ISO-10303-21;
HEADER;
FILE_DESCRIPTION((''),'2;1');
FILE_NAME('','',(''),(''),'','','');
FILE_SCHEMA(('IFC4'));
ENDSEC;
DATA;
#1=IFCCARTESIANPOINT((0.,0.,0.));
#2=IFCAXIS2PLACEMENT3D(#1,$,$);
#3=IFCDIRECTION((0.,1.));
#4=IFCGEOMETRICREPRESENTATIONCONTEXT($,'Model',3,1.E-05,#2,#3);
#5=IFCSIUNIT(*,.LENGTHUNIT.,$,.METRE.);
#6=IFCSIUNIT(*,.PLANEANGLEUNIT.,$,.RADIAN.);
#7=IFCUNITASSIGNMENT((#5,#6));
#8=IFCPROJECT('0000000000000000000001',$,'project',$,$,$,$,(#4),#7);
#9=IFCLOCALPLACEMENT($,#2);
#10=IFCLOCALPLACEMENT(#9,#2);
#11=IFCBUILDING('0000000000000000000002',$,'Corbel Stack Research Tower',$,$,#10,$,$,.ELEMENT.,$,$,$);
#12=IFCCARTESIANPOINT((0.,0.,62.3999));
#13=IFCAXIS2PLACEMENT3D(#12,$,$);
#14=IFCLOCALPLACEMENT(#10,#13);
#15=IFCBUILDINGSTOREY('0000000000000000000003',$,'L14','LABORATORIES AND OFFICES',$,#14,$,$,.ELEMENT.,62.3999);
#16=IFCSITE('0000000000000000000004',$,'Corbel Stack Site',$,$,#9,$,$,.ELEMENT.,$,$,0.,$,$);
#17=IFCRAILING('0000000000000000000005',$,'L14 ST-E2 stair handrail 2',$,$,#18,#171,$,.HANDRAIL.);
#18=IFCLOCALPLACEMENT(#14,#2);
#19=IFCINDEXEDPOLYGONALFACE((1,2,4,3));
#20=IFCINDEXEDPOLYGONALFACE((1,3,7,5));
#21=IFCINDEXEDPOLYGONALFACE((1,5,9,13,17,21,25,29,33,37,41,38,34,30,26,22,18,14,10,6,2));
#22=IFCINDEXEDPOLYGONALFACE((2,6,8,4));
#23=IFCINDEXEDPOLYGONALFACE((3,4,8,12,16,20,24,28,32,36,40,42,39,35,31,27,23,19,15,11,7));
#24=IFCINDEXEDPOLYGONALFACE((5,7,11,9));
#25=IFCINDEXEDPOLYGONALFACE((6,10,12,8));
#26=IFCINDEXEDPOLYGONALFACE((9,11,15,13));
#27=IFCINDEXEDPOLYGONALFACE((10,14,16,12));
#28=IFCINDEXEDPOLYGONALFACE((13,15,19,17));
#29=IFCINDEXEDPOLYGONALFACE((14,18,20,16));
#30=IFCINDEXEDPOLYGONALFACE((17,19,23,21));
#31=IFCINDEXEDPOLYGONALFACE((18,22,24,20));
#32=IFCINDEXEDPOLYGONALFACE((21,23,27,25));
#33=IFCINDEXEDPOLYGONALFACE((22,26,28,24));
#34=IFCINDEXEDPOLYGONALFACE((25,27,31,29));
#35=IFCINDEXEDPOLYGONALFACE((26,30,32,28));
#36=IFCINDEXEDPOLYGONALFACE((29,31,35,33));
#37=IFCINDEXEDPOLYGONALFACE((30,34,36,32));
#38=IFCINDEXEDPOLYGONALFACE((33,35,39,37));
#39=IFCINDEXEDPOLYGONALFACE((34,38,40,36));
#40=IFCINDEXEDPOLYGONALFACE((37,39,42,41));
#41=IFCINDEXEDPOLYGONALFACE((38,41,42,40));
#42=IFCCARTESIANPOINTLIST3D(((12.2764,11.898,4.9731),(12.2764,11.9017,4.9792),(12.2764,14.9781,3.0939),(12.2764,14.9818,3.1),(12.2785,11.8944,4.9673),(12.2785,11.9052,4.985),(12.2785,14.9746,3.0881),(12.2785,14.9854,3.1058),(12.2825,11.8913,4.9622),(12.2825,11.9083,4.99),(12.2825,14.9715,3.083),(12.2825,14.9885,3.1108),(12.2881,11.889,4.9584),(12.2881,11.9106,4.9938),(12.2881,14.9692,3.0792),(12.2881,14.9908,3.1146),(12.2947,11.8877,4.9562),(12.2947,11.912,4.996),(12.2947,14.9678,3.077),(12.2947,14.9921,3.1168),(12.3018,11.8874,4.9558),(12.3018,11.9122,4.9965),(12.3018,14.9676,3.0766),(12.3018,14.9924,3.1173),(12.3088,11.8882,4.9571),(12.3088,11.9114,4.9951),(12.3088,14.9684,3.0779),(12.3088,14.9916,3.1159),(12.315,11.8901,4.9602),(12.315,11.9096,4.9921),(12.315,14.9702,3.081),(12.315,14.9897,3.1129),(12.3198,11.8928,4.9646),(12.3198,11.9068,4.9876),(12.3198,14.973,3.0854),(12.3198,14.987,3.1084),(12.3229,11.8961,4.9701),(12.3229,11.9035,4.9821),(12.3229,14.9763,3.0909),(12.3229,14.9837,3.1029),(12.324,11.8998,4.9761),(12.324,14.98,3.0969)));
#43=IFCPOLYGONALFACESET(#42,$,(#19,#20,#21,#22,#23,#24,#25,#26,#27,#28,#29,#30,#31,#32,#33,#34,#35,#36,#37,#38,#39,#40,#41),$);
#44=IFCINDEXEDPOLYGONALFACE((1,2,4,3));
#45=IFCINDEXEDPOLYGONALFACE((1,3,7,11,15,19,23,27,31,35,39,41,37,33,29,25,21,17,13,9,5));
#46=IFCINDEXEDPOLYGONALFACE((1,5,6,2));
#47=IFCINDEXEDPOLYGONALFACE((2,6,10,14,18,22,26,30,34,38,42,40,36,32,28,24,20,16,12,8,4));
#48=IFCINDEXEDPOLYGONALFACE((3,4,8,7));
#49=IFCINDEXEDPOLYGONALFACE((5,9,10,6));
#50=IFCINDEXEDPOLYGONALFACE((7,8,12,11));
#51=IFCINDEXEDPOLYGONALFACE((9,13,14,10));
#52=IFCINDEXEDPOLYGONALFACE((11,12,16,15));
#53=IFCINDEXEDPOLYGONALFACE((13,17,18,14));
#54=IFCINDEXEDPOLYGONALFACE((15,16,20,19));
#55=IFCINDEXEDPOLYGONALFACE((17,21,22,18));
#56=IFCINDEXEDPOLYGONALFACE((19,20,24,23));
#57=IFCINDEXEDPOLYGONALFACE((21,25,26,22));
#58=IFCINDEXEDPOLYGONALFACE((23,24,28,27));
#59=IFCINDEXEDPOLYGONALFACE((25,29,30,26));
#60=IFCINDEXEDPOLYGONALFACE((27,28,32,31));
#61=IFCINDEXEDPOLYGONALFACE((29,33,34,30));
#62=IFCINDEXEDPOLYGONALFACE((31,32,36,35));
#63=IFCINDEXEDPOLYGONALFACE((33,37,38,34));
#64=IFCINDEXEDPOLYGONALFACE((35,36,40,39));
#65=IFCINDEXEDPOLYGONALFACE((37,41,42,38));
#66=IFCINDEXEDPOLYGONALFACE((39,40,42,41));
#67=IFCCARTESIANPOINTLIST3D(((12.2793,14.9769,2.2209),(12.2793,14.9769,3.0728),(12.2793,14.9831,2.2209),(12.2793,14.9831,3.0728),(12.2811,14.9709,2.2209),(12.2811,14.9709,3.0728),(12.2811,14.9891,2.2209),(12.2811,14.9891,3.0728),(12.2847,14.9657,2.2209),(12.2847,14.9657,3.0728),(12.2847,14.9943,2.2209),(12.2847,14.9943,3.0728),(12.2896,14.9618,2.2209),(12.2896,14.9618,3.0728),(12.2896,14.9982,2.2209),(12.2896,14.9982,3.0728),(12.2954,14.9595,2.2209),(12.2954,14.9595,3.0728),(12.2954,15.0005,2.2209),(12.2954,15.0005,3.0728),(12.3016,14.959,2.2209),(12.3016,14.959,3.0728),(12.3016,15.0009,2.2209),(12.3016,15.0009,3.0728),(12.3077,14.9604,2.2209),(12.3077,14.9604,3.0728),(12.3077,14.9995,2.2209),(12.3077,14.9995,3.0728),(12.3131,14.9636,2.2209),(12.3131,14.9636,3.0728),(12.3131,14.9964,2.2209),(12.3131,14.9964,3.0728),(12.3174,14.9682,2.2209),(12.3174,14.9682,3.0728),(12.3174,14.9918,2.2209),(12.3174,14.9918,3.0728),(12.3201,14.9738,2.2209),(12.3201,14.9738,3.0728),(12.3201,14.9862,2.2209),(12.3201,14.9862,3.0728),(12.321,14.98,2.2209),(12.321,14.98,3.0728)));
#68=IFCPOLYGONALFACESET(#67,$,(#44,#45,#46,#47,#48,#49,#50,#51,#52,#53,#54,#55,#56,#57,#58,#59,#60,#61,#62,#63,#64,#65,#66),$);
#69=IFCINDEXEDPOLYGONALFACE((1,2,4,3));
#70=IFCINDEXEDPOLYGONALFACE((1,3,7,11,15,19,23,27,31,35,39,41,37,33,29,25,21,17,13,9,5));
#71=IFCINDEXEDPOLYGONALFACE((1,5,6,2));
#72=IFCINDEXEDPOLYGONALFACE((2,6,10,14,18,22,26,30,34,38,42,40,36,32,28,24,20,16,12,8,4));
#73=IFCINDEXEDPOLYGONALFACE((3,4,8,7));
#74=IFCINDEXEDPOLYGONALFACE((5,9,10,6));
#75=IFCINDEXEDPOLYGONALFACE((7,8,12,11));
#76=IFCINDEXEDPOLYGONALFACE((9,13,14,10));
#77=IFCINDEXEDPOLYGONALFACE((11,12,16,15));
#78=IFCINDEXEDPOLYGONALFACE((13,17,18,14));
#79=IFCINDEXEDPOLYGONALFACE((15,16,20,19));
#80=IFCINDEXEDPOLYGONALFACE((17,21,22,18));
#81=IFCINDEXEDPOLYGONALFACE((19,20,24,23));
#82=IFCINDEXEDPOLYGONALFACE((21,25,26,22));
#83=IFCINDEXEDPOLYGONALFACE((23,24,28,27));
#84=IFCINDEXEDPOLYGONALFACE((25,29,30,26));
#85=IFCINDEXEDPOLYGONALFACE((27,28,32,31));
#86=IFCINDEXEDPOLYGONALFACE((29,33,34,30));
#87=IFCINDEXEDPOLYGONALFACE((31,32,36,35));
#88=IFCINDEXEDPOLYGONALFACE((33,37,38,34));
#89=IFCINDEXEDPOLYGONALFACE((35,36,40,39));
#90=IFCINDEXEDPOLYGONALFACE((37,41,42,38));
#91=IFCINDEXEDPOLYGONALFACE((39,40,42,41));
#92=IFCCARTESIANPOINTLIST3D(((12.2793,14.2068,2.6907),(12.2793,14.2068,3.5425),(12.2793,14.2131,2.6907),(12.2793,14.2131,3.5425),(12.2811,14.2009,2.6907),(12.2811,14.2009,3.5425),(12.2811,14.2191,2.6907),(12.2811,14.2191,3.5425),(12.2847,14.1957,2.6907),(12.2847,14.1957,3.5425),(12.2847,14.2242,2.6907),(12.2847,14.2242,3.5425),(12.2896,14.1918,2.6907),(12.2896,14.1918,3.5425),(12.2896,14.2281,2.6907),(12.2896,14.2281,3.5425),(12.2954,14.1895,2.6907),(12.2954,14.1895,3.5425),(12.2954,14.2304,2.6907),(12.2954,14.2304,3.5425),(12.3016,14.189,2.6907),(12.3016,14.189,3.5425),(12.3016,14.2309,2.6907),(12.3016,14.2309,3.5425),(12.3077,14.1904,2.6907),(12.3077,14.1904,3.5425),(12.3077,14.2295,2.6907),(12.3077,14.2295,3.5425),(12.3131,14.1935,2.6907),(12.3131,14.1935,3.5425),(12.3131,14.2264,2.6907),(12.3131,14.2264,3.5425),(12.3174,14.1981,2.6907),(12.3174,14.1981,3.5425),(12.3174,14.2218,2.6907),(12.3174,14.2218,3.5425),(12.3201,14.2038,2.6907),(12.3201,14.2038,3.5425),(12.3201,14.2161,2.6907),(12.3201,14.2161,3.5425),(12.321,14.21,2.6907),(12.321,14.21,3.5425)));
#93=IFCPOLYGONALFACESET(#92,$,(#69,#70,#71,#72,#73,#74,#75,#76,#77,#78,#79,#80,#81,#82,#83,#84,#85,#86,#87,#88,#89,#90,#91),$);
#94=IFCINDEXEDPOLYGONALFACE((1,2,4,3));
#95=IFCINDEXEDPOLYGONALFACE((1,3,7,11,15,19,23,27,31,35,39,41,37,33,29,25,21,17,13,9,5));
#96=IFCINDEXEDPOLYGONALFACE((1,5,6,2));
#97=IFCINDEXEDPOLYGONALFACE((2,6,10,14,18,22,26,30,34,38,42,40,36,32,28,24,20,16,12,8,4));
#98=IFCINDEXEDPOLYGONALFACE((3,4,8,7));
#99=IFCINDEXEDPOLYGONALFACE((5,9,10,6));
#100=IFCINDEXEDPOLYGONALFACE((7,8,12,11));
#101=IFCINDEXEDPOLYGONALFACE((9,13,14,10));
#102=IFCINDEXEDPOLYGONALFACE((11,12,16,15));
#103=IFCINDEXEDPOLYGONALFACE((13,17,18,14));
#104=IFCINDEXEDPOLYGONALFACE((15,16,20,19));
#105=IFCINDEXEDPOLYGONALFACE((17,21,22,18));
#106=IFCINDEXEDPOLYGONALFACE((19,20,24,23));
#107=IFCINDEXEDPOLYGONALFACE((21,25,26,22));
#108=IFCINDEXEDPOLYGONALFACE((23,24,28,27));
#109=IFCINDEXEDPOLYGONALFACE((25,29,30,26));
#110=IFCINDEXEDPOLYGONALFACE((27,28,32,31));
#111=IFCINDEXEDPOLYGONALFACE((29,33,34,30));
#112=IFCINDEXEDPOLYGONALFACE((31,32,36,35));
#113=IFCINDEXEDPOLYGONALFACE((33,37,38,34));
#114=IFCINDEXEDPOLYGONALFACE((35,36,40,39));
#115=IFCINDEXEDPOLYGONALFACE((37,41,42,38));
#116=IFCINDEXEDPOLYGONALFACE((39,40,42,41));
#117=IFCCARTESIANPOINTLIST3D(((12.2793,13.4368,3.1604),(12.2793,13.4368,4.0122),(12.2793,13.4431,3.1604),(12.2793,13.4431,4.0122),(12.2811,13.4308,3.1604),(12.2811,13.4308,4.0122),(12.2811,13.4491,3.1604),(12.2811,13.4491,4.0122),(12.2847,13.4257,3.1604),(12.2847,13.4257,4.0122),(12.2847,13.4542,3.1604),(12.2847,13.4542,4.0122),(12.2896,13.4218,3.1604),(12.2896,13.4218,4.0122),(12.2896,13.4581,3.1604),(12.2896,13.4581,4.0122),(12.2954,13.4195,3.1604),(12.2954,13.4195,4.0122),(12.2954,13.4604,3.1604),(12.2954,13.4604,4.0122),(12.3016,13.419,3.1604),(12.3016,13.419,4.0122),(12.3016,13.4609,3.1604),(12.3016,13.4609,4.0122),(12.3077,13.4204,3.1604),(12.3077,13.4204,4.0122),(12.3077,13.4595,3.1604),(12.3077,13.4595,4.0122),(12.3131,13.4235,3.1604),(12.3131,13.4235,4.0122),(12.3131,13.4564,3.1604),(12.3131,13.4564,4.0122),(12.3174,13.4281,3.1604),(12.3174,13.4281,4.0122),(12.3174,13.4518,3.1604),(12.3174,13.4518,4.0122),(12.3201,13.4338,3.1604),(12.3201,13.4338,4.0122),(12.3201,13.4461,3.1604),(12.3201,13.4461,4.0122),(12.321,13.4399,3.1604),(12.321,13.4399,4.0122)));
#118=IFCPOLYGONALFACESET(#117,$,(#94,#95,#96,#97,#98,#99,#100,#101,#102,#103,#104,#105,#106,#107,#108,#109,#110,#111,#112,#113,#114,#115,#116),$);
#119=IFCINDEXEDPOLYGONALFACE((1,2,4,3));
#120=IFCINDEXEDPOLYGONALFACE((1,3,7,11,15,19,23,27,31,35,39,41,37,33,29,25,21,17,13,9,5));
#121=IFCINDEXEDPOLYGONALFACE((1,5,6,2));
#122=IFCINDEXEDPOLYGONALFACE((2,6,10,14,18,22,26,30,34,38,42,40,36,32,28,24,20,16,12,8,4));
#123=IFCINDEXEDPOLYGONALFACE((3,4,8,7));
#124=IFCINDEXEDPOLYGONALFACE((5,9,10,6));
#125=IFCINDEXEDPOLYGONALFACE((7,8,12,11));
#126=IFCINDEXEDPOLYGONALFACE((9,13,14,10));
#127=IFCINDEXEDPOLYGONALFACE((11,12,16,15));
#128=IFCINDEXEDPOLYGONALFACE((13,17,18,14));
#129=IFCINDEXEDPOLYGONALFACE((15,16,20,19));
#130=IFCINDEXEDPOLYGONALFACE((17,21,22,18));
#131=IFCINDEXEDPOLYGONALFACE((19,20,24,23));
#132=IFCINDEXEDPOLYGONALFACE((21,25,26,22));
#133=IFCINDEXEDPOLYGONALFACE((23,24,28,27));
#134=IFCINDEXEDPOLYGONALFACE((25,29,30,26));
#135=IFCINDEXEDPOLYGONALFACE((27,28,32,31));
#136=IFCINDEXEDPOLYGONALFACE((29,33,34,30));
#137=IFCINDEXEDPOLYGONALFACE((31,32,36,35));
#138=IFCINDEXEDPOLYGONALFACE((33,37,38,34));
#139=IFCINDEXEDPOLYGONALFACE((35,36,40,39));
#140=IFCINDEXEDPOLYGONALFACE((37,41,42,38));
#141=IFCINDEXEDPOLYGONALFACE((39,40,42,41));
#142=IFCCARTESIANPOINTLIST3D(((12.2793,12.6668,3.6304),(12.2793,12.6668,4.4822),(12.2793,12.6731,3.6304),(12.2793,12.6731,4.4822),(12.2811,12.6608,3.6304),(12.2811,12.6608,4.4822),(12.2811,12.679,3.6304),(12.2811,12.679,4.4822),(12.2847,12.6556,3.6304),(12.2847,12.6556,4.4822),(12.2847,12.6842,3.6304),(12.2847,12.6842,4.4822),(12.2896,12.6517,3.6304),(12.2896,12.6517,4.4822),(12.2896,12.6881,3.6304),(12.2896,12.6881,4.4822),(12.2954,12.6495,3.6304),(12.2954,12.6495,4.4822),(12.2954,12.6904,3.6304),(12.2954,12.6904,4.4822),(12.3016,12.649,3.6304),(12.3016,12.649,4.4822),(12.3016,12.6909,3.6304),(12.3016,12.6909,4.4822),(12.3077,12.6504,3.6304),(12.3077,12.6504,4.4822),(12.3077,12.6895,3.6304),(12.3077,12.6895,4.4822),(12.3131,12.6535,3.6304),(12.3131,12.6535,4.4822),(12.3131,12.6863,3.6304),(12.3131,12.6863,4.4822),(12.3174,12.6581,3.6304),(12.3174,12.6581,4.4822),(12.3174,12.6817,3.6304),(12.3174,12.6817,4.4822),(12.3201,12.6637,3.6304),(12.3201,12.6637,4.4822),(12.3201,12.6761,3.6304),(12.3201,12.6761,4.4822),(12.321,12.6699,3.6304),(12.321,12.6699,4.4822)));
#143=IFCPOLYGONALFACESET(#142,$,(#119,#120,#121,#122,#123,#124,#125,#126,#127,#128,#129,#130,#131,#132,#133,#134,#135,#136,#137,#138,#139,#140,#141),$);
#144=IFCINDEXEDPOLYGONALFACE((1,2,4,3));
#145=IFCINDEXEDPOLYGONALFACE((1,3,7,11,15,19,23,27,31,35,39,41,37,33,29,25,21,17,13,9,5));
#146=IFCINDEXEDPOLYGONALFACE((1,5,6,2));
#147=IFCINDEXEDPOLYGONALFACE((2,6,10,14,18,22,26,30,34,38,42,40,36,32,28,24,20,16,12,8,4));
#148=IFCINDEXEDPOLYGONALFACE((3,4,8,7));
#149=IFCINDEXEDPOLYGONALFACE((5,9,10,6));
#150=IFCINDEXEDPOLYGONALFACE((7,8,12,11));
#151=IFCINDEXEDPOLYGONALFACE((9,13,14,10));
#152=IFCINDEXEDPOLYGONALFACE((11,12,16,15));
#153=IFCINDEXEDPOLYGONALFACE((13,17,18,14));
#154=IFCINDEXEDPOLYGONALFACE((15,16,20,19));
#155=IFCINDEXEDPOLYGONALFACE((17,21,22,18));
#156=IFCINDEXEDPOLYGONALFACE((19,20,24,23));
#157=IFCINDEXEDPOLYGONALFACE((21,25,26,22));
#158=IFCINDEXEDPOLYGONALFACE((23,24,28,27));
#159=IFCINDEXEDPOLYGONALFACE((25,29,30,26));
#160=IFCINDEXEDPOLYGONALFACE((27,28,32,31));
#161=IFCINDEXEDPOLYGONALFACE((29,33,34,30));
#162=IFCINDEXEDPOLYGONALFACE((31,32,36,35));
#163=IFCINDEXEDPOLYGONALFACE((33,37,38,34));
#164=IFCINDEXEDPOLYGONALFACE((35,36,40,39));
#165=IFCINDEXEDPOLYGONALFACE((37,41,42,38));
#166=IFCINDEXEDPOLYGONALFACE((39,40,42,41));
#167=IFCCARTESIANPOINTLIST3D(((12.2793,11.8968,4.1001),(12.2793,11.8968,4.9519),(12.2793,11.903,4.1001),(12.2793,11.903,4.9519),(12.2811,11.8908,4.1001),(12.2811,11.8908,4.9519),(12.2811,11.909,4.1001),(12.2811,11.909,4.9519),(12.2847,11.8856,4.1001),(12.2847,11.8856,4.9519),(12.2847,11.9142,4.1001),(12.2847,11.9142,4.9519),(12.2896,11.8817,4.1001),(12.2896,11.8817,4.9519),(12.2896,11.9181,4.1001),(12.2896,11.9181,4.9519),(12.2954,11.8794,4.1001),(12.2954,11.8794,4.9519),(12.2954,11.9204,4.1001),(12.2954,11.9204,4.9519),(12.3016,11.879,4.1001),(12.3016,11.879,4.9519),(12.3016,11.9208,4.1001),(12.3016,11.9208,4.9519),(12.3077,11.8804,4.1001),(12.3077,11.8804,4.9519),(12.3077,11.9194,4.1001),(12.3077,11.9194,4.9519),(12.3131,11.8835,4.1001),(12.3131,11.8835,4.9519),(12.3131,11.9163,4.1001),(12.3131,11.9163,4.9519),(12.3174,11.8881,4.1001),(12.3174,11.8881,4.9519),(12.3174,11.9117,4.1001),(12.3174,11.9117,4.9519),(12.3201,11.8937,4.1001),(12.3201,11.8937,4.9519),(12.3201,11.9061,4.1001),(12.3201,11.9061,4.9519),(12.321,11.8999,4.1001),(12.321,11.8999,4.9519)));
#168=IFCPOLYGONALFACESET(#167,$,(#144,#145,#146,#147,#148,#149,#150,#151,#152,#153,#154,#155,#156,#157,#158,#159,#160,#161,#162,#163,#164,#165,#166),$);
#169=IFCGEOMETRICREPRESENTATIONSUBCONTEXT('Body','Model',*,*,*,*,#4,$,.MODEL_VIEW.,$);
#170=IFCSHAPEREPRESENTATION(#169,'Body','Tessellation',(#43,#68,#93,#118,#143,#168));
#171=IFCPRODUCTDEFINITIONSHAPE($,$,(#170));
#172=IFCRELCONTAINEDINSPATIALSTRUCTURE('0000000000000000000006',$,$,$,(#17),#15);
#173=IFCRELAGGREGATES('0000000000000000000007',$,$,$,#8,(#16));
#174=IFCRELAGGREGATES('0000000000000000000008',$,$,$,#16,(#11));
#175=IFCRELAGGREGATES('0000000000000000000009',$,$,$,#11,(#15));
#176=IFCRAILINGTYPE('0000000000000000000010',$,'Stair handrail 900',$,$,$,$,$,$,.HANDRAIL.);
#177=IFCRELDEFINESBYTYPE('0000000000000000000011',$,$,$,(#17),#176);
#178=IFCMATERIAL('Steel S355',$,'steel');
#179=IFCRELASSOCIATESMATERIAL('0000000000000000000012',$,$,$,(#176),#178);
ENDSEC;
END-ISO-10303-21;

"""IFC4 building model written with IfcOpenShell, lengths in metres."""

from ifc_helpers import new_model, si_unit, direction, frame, origin, origin_2d, place, context, subcontext, project, spatial, circle, extrude, material, type_object, element, save


model = new_model("IFC4")

# Units and contexts
model_context = context("Model", 3, precision=1e-05, world=origin(), true_north=direction((0.0, 1.0)))
body_context = subcontext(model_context, "Body", "Model", "MODEL_VIEW")
ifc_project = project(units=[si_unit("LENGTHUNIT", "METRE"), si_unit("PLANEANGLEUNIT", "RADIAN")], contexts=[model_context])

# Site, building, storey
site_placement = place(None, origin())
site = spatial("IfcSite", under=ifc_project, at=site_placement, Name="Corbel Stack Site", CompositionType="ELEMENT", RefElevation=0.0)
building_placement = place(site_placement, origin())
building = spatial("IfcBuilding", under=site, at=building_placement, Name="Corbel Stack Research Tower", CompositionType="ELEMENT")
storey_placement = place(building_placement, frame((0.0, 0.0, 62.3999)))
storey = spatial("IfcBuildingStorey", under=building, at=storey_placement, Name="L14", Description="LABORATORIES AND OFFICES", CompositionType="ELEMENT", Elevation=62.3999)

# Railing
ifc_material_1 = material(Name="Steel S355", Category="steel")
railing_type_1 = type_object("IfcRailingType", Name="Stair handrail 900", PredefinedType="HANDRAIL", material=ifc_material_1)
railing_1_placement = place(storey_placement, frame((12.3, 14.98, 2.2209)))
element("IfcRailing", 1, at=railing_1_placement, inside=storey, type_object=railing_type_1, Name="L14 ST-E2 stair handrail 2", PredefinedType="HANDRAIL", context=body_context, shape_type="SweptSolid", body=[
    extrude(circle(Radius=0.0239, at=origin_2d()), frame((0.0, 0.0, 0.876), z_axis=(0.0, -0.853666, 0.52082), x_axis=(1.0, 0.0, 0.0)), (0.0, 0.0, 1.0), 3.6082),
    extrude(circle(Radius=0.021, at=origin_2d()), origin(), (0.0, 0.0, 1.0), 0.8518),
    extrude(circle(Radius=0.021, at=origin_2d()), frame((0.0, -0.77, 0.4697)), (0.0, 0.0, 1.0), 0.8518),
    extrude(circle(Radius=0.021, at=origin_2d()), frame((0.0, -1.54, 0.9395)), (0.0, 0.0, 1.0), 0.8518),
    extrude(circle(Radius=0.021, at=origin_2d()), frame((0.0, -2.3101, 1.4094)), (0.0, 0.0, 1.0), 0.8518),
    extrude(circle(Radius=0.021, at=origin_2d()), frame((0.0, -3.0801, 1.8792)), (0.0, 0.0, 1.0), 0.8518),
])

save(model, "model.ifc")
